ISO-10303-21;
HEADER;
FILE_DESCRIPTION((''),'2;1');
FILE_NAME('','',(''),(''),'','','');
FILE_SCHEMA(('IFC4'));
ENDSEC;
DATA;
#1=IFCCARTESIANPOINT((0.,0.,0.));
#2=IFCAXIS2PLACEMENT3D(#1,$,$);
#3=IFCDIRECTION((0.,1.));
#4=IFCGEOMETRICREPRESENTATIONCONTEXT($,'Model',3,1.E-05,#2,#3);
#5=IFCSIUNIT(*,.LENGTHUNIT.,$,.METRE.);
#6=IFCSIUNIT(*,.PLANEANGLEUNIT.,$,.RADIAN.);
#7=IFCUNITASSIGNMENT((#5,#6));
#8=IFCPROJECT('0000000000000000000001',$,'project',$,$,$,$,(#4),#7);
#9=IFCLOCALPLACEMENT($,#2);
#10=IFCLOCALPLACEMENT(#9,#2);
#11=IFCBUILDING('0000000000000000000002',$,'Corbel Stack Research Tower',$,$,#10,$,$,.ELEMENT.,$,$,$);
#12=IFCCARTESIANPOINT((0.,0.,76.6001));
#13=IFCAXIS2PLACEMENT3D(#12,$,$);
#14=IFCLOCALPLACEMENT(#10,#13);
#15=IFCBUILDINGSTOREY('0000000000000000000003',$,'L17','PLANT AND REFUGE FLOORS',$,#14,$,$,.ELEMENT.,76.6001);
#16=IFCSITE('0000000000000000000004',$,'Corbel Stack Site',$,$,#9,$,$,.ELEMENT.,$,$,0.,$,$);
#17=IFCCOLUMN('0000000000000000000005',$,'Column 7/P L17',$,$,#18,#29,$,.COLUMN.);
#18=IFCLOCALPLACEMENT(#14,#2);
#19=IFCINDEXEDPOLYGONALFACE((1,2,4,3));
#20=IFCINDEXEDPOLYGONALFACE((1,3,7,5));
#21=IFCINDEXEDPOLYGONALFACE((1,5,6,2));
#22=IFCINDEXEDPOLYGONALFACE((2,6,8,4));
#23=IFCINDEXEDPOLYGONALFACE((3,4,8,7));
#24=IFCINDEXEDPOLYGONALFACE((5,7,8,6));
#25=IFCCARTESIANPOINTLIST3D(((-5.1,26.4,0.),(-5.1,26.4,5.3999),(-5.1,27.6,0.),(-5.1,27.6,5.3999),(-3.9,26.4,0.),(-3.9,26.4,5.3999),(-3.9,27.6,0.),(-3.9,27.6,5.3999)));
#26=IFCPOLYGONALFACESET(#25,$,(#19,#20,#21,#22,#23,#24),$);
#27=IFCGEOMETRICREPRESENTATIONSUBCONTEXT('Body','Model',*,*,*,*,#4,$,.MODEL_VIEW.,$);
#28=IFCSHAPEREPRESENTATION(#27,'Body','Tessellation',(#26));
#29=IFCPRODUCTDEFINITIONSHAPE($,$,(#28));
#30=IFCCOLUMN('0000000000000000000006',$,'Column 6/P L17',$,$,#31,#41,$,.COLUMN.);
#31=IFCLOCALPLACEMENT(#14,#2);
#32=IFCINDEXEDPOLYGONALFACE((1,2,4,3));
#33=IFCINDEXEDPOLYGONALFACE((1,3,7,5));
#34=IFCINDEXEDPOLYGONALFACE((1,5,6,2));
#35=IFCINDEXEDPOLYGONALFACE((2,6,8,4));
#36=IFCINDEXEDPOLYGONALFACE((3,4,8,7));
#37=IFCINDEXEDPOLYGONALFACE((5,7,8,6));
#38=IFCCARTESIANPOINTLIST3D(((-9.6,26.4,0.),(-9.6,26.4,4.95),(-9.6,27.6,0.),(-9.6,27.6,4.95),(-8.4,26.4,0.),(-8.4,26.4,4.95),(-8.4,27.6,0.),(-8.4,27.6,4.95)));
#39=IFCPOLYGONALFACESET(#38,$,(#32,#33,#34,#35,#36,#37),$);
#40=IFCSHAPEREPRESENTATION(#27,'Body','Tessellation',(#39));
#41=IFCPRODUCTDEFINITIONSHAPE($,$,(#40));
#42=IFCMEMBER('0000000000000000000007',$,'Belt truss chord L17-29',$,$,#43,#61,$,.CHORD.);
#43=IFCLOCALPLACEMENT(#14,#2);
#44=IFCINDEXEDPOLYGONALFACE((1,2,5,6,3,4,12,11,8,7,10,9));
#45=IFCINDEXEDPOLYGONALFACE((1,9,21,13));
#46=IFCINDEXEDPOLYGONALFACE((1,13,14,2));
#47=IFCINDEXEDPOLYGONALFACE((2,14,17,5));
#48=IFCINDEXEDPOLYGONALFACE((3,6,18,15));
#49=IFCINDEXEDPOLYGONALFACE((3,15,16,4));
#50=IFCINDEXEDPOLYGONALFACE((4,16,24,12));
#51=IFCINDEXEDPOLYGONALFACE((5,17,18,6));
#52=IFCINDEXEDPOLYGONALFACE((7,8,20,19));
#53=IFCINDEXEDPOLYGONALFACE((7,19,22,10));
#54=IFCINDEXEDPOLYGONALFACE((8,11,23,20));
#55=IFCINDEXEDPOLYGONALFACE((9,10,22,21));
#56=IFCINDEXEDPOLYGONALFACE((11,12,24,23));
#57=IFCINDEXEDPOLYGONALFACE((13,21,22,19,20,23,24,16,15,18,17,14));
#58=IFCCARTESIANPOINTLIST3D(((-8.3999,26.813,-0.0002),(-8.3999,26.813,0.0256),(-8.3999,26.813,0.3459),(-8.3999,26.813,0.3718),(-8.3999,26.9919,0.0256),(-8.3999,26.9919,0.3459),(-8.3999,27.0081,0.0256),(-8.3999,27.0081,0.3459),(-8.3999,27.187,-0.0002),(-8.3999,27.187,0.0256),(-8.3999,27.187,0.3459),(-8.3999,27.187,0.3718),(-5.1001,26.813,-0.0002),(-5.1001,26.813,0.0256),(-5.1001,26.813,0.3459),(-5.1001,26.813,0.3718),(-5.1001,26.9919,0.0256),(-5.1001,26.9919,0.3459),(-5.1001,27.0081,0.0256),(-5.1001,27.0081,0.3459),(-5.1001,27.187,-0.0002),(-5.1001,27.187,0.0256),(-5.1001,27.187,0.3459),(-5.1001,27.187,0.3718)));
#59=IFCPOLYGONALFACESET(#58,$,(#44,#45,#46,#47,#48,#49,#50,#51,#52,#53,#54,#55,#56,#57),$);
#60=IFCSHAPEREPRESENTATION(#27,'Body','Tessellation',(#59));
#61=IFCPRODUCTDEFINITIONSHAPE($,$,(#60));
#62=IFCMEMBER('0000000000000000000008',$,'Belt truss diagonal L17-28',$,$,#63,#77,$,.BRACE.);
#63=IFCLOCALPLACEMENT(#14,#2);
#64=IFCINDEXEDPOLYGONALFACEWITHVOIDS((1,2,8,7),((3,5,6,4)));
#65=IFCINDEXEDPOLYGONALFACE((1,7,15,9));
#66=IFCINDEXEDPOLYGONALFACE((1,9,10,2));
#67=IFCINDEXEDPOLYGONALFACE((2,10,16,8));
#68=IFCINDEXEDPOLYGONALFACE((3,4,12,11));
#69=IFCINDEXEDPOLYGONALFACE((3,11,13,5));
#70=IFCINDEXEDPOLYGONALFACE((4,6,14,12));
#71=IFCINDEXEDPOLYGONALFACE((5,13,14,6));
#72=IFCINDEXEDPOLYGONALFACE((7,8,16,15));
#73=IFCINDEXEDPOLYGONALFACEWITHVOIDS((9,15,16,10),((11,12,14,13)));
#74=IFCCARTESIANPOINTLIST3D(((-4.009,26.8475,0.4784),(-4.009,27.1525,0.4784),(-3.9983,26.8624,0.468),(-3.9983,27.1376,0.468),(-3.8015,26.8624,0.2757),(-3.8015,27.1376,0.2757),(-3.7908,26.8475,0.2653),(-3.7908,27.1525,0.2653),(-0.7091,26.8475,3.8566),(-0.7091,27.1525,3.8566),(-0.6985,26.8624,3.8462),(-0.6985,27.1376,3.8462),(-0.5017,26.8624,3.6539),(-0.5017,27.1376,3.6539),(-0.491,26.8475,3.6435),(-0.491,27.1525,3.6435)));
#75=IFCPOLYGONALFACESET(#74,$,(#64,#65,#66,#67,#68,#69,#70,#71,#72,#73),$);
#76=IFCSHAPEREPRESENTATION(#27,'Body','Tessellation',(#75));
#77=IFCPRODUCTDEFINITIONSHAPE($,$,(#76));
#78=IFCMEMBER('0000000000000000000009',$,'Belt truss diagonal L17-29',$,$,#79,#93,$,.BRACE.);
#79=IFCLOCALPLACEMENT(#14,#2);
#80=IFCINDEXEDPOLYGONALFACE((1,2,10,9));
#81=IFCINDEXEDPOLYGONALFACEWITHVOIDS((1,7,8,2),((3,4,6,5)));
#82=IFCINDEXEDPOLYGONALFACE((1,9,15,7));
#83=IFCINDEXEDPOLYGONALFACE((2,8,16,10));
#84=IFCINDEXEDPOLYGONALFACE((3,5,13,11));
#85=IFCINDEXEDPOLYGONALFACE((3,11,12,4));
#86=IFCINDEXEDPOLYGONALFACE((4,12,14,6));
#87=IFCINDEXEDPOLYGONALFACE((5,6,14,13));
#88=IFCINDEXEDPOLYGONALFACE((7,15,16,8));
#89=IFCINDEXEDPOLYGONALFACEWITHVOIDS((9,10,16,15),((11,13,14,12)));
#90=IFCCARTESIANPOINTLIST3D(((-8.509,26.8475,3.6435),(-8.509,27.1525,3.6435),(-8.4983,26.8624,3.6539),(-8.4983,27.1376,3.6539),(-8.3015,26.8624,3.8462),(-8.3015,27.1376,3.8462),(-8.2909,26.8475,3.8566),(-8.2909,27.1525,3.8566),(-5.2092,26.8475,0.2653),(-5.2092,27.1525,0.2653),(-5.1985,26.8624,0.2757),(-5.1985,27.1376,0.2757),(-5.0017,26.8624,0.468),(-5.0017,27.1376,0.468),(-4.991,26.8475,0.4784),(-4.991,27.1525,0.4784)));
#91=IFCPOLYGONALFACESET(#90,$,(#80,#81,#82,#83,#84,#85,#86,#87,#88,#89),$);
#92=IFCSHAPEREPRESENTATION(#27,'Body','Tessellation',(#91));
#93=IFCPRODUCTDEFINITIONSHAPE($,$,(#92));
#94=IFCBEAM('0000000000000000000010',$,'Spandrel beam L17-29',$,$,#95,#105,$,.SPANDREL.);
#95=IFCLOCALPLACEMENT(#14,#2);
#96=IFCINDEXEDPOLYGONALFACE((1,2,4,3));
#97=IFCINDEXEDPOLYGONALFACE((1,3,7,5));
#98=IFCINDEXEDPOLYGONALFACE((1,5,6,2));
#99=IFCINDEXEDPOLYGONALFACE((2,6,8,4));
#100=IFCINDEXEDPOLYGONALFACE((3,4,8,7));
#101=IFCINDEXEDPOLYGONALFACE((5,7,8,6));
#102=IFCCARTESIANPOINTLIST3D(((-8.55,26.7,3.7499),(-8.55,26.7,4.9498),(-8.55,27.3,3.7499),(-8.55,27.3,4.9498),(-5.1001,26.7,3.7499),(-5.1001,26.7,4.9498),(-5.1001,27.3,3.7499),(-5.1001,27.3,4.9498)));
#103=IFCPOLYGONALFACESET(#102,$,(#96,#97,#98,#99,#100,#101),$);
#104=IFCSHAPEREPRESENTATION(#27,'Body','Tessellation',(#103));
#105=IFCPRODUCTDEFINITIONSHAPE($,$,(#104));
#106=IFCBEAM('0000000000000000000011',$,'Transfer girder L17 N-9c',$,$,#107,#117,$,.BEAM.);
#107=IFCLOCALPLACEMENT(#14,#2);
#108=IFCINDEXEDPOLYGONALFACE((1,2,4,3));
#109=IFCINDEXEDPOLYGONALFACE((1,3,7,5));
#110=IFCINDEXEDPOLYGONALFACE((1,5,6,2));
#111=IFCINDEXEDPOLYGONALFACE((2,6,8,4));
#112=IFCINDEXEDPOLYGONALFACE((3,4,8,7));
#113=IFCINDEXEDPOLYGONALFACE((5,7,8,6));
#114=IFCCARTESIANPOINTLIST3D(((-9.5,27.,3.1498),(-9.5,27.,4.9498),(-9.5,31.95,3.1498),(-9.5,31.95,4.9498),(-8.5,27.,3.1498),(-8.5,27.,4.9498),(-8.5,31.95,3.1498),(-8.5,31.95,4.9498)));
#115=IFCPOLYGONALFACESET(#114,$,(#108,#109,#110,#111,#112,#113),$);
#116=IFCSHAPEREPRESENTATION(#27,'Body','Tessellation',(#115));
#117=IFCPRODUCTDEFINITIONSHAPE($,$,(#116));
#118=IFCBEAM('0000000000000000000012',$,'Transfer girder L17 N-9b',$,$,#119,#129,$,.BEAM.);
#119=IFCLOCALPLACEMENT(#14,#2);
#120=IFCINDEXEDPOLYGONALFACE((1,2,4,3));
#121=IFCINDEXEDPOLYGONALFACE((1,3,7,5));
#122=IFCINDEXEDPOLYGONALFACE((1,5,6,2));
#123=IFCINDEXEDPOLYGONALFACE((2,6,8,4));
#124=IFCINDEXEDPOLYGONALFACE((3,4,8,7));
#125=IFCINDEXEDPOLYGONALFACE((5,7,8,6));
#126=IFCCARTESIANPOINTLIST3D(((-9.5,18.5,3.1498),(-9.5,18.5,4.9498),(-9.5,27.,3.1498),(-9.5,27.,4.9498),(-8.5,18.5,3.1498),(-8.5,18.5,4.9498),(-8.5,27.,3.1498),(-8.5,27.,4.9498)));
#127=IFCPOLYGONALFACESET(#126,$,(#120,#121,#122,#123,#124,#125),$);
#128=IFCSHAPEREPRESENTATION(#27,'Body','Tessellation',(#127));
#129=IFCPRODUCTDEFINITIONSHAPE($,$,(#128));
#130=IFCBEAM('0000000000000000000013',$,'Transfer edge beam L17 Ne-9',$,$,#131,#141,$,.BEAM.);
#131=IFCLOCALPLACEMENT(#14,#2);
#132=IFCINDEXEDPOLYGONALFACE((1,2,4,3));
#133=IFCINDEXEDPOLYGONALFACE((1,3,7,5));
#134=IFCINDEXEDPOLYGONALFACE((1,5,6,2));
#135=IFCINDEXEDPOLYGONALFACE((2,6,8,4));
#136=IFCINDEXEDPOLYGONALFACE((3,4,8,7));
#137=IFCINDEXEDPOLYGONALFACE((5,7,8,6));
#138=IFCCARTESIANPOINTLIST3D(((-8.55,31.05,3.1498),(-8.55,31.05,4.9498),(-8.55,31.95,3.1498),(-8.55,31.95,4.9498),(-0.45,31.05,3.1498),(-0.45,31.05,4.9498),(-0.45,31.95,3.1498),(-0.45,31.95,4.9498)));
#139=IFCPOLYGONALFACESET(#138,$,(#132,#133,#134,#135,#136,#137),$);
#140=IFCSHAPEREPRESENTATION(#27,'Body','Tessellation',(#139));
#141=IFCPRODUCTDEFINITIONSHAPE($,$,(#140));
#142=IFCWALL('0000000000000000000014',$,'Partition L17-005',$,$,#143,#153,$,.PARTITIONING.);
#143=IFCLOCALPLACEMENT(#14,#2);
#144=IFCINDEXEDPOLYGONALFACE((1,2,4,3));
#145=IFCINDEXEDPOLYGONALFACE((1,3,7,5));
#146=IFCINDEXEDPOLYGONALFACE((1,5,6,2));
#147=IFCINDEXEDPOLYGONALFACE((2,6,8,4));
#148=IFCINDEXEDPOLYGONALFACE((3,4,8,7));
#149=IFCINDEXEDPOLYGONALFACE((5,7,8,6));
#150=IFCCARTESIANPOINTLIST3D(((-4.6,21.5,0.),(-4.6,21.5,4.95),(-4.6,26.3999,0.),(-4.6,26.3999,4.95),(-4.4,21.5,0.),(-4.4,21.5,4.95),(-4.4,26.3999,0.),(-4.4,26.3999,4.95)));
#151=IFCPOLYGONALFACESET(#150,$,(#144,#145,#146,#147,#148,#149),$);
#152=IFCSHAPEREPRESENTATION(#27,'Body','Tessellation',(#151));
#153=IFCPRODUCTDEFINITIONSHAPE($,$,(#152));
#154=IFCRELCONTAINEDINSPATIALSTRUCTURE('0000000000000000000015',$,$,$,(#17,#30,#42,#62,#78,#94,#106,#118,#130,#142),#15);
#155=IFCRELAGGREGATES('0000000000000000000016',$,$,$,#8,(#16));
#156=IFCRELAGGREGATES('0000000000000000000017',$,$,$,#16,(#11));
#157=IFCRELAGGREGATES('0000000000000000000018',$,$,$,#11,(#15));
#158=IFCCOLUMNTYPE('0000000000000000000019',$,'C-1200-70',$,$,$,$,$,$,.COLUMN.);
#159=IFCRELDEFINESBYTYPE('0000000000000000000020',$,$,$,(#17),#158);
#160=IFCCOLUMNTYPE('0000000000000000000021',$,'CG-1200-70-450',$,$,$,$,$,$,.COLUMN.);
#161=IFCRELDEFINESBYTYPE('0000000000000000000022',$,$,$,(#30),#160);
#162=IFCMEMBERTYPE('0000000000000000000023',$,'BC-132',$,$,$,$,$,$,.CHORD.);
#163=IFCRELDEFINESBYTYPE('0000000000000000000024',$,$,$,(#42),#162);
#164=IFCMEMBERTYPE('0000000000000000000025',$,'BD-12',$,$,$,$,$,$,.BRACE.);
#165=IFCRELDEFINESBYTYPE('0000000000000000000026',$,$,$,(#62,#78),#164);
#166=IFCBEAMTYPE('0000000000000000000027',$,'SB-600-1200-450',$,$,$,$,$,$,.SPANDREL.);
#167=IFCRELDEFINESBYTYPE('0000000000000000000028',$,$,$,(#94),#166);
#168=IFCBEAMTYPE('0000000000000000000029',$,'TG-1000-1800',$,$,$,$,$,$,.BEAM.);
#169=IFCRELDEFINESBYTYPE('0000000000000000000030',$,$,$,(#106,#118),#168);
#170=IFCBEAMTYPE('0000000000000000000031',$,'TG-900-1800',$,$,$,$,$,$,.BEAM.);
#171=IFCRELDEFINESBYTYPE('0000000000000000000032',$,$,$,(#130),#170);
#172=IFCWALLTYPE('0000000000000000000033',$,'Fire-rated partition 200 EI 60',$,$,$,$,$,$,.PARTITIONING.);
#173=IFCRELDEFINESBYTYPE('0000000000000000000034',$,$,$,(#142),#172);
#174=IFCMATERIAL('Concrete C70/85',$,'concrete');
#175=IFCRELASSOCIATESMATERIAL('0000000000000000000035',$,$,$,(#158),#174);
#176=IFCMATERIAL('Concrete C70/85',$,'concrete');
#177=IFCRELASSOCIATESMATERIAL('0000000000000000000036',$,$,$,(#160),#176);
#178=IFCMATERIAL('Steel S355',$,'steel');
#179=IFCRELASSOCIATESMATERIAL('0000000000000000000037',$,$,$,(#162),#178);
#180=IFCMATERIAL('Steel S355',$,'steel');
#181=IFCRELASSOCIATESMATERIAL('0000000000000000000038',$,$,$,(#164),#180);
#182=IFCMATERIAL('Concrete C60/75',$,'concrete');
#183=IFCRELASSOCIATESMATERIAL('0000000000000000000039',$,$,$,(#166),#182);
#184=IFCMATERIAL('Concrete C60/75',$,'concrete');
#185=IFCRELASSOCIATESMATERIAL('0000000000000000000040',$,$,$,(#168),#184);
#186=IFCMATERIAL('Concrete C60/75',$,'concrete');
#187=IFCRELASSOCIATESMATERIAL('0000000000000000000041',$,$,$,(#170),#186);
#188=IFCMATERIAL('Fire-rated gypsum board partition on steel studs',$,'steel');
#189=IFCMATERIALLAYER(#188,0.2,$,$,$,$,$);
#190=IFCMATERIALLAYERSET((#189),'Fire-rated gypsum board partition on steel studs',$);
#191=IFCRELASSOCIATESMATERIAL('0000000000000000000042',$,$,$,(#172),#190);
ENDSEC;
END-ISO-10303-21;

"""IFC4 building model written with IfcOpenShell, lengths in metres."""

from ifc_helpers import new_model, si_unit, direction, frame, frame_2d, origin, origin_2d, place, context, subcontext, project, spatial, rectangle, hollow_rectangle, i_section, extrude, material, layer, layer_set, material_profile, profile_set, type_object, element, save


model = new_model("IFC4")

# Units and contexts
model_context = context("Model", 3, precision=1e-05, world=origin(), true_north=direction((0.0, 1.0)))
body_context = subcontext(model_context, "Body", "Model", "MODEL_VIEW")
ifc_project = project(units=[si_unit("LENGTHUNIT", "METRE"), si_unit("PLANEANGLEUNIT", "RADIAN")], contexts=[model_context])

# Site, building, storey
site_placement = place(None, origin())
site = spatial("IfcSite", under=ifc_project, at=site_placement, Name="Corbel Stack Site", CompositionType="ELEMENT", RefElevation=0.0)
building_placement = place(site_placement, origin())
building = spatial("IfcBuilding", under=site, at=building_placement, Name="Corbel Stack Research Tower", CompositionType="ELEMENT")
storey_placement = place(building_placement, frame((0.0, 0.0, 76.6001)))
storey = spatial("IfcBuildingStorey", under=building, at=storey_placement, Name="L17", Description="PLANT AND REFUGE FLOORS", CompositionType="ELEMENT", Elevation=76.6001)

# Columns
ifc_material_1 = material(Name="Concrete C70/85", Category="concrete")
ifc_material_profile_1 = material_profile(ifc_material_1, rectangle(XDim=1.2, YDim=1.2, at=origin_2d()), Name="RC 1200 x 1200")
ifc_profile_set_1 = profile_set([ifc_material_profile_1], Name="Concrete C70/85")
column_type_1 = type_object("IfcColumnType", Name="C-1200-70", PredefinedType="COLUMN", material=ifc_profile_set_1)
column_1_placement = place(storey_placement, frame((-4.5, 27.0, 0.0), z_axis=(0.0, 0.0, 1.0), x_axis=(1.0, 0.0, 0.0)))
element("IfcColumn", 1, at=column_1_placement, inside=storey, type_object=column_type_1, Name="Column 7/P L17", PredefinedType="COLUMN", context=body_context, shape_type="SweptSolid", body=[
    extrude(rectangle(XDim=1.2, YDim=1.2, at=origin_2d()), origin(), (0.0, 0.0, 1.0), 5.3999),
])
ifc_material_2 = material(Name="Concrete C70/85", Category="concrete")
ifc_material_profile_2 = material_profile(ifc_material_2, rectangle(XDim=1.2, YDim=1.2, at=origin_2d()), Name="RC 1200 x 1200")
ifc_profile_set_2 = profile_set([ifc_material_profile_2], Name="Concrete C70/85")
column_type_2 = type_object("IfcColumnType", Name="CG-1200-70-450", PredefinedType="COLUMN", material=ifc_profile_set_2)
column_2_placement = place(storey_placement, frame((-9.0, 27.0, 0.0), z_axis=(0.0, 0.0, 1.0), x_axis=(1.0, 0.0, 0.0)))
element("IfcColumn", 2, at=column_2_placement, inside=storey, type_object=column_type_2, Name="Column 6/P L17", PredefinedType="COLUMN", context=body_context, shape_type="SweptSolid", body=[
    extrude(rectangle(XDim=1.2, YDim=1.2, at=origin_2d()), origin(), (0.0, 0.0, 1.0), 4.95),
])

# Members
ifc_material_3 = material(Name="Steel S355", Category="steel")
ifc_material_profile_3 = material_profile(ifc_material_3, i_section(OverallWidth=0.374, OverallDepth=0.3721, WebThickness=0.0161, FlangeThickness=0.0259, at=origin_2d()), Name="W14x132")
ifc_profile_set_3 = profile_set([ifc_material_profile_3], Name="Steel S355")
member_type_1 = type_object("IfcMemberType", Name="BC-132", PredefinedType="CHORD", material=ifc_profile_set_3)
member_placement = place(storey_placement, frame((-5.1001, 27.0, 0.1858), z_axis=(-1.0, 0.0, 0.0), x_axis=(0.0, -1.0, 0.0)))
element("IfcMember", 3, at=member_placement, inside=storey, type_object=member_type_1, Name="Belt truss chord L17-29", PredefinedType="CHORD", context=body_context, shape_type="SweptSolid", body=[
    extrude(i_section(OverallWidth=0.374, OverallDepth=0.3721, WebThickness=0.0161, FlangeThickness=0.0259, at=origin_2d()), origin(), (0.0, 0.0, 1.0), 3.2998),
])
ifc_material_4 = material(Name="Steel S355", Category="steel")
ifc_material_profile_4 = material_profile(ifc_material_4, hollow_rectangle(XDim=0.3049, YDim=0.3049, WallThickness=0.0149, at=origin_2d()), Name="HSS12x12x5/8")
ifc_profile_set_4 = profile_set([ifc_material_profile_4], Name="Steel S355")
member_type_2 = type_object("IfcMemberType", Name="BD-12", PredefinedType="BRACE", material=ifc_profile_set_4)
for number, where, z_axis, x_axis, name in (
    (4, (-3.8999, 27.0, 0.3718), (0.69876, 0.0, 0.715356), (0.0, 1.0, 0.0), "Belt truss diagonal L17-28"),
    (5, (-5.1001, 27.0, 0.3718), (-0.69876, 0.0, 0.715356), (0.0, -1.0, 0.0), "Belt truss diagonal L17-29"),
):
    element("IfcMember", number, at=place(storey_placement, frame(where, z_axis=z_axis, x_axis=x_axis)), inside=storey, type_object=member_type_2, Name=name, PredefinedType="BRACE", context=body_context, shape_type="SweptSolid", body=[
        extrude(hollow_rectangle(XDim=0.3049, YDim=0.3049, WallThickness=0.0149, at=origin_2d()), origin(), (0.0, 0.0, 1.0), 4.7224),
    ])

# Beams
ifc_material_5 = material(Name="Concrete C60/75", Category="concrete")
ifc_material_profile_5 = material_profile(ifc_material_5, rectangle(XDim=0.6001, YDim=1.2, at=origin_2d()), Name="RC 600 x 1200")
ifc_profile_set_5 = profile_set([ifc_material_profile_5], Name="Concrete C60/75")
beam_type_1 = type_object("IfcBeamType", Name="SB-600-1200-450", PredefinedType="SPANDREL", material=ifc_profile_set_5)
beam_1_placement = place(storey_placement, frame((-5.1001, 27.0, 4.3499), z_axis=(-1.0, 0.0, 0.0), x_axis=(0.0, -1.0, 0.0)))
element("IfcBeam", 6, at=beam_1_placement, inside=storey, type_object=beam_type_1, Name="Spandrel beam L17-29", PredefinedType="SPANDREL", context=body_context, shape_type="SweptSolid", body=[
    extrude(rectangle(XDim=0.6001, YDim=1.2, at=origin_2d()), origin(), (0.0, 0.0, 1.0), 3.45),
])
ifc_material_6 = material(Name="Concrete C60/75", Category="concrete")
ifc_material_profile_6 = material_profile(ifc_material_6, rectangle(XDim=1.0, YDim=1.8, at=origin_2d()), Name="RC 1000 x 1800")
ifc_profile_set_6 = profile_set([ifc_material_profile_6], Name="Concrete C60/75")
beam_type_2 = type_object("IfcBeamType", Name="TG-1000-1800", PredefinedType="BEAM", material=ifc_profile_set_6)
beam_2_placement = place(storey_placement, frame((-9.0, 31.95, 4.0498), z_axis=(0.0, -1.0, 0.0), x_axis=(1.0, 0.0, 0.0)))
element("IfcBeam", 7, at=beam_2_placement, inside=storey, type_object=beam_type_2, Name="Transfer girder L17 N-9c", PredefinedType="BEAM", context=body_context, shape_type="SweptSolid", body=[
    extrude(rectangle(XDim=1.0, YDim=1.8, at=origin_2d()), origin(), (0.0, 0.0, 1.0), 4.95),
])
beam_3_placement = place(storey_placement, frame((-9.0, 27.0, 4.0498), z_axis=(0.0, -1.0, 0.0), x_axis=(1.0, 0.0, 0.0)))
element("IfcBeam", 8, at=beam_3_placement, inside=storey, type_object=beam_type_2, Name="Transfer girder L17 N-9b", PredefinedType="BEAM", context=body_context, shape_type="SweptSolid", body=[
    extrude(rectangle(XDim=1.0, YDim=1.8, at=origin_2d()), origin(), (0.0, 0.0, 1.0), 8.5),
])
ifc_material_7 = material(Name="Concrete C60/75", Category="concrete")
ifc_material_profile_7 = material_profile(ifc_material_7, rectangle(XDim=0.8999, YDim=1.8, at=origin_2d()), Name="RC 900 x 1800")
ifc_profile_set_7 = profile_set([ifc_material_profile_7], Name="Concrete C60/75")
beam_type_3 = type_object("IfcBeamType", Name="TG-900-1800", PredefinedType="BEAM", material=ifc_profile_set_7)
beam_4_placement = place(storey_placement, frame((-8.55, 31.5, 4.0498), z_axis=(1.0, 0.0, 0.0), x_axis=(0.0, 1.0, 0.0)))
element("IfcBeam", 9, at=beam_4_placement, inside=storey, type_object=beam_type_3, Name="Transfer edge beam L17 Ne-9", PredefinedType="BEAM", context=body_context, shape_type="SweptSolid", body=[
    extrude(rectangle(XDim=0.8999, YDim=1.8, at=origin_2d()), origin(), (0.0, 0.0, 1.0), 8.1001),
])

# Wall
ifc_material_8 = material(Name="Fire-rated gypsum board partition on steel studs", Category="steel")
ifc_layer_1 = layer(ifc_material_8, 0.2)
ifc_layer_set_1 = layer_set([ifc_layer_1], Name="Fire-rated gypsum board partition on steel studs")
wall_type_1 = type_object("IfcWallType", Name="Fire-rated partition 200 EI 60", PredefinedType="PARTITIONING", material=ifc_layer_set_1)
wall_1_placement = place(storey_placement, frame((-4.5, 21.5, 0.0), z_axis=(0.0, 0.0, 1.0), x_axis=(0.0, 1.0, 0.0)))
element("IfcWall", 10, at=wall_1_placement, inside=storey, type_object=wall_type_1, Name="Partition L17-005", PredefinedType="PARTITIONING", context=body_context, shape_type="SweptSolid", body=[
    extrude(rectangle(XDim=4.8999, YDim=0.2, at=frame_2d((2.45, 0.0))), origin(), (0.0, 0.0, 1.0), 4.95),
])

save(model, "model.ifc")
